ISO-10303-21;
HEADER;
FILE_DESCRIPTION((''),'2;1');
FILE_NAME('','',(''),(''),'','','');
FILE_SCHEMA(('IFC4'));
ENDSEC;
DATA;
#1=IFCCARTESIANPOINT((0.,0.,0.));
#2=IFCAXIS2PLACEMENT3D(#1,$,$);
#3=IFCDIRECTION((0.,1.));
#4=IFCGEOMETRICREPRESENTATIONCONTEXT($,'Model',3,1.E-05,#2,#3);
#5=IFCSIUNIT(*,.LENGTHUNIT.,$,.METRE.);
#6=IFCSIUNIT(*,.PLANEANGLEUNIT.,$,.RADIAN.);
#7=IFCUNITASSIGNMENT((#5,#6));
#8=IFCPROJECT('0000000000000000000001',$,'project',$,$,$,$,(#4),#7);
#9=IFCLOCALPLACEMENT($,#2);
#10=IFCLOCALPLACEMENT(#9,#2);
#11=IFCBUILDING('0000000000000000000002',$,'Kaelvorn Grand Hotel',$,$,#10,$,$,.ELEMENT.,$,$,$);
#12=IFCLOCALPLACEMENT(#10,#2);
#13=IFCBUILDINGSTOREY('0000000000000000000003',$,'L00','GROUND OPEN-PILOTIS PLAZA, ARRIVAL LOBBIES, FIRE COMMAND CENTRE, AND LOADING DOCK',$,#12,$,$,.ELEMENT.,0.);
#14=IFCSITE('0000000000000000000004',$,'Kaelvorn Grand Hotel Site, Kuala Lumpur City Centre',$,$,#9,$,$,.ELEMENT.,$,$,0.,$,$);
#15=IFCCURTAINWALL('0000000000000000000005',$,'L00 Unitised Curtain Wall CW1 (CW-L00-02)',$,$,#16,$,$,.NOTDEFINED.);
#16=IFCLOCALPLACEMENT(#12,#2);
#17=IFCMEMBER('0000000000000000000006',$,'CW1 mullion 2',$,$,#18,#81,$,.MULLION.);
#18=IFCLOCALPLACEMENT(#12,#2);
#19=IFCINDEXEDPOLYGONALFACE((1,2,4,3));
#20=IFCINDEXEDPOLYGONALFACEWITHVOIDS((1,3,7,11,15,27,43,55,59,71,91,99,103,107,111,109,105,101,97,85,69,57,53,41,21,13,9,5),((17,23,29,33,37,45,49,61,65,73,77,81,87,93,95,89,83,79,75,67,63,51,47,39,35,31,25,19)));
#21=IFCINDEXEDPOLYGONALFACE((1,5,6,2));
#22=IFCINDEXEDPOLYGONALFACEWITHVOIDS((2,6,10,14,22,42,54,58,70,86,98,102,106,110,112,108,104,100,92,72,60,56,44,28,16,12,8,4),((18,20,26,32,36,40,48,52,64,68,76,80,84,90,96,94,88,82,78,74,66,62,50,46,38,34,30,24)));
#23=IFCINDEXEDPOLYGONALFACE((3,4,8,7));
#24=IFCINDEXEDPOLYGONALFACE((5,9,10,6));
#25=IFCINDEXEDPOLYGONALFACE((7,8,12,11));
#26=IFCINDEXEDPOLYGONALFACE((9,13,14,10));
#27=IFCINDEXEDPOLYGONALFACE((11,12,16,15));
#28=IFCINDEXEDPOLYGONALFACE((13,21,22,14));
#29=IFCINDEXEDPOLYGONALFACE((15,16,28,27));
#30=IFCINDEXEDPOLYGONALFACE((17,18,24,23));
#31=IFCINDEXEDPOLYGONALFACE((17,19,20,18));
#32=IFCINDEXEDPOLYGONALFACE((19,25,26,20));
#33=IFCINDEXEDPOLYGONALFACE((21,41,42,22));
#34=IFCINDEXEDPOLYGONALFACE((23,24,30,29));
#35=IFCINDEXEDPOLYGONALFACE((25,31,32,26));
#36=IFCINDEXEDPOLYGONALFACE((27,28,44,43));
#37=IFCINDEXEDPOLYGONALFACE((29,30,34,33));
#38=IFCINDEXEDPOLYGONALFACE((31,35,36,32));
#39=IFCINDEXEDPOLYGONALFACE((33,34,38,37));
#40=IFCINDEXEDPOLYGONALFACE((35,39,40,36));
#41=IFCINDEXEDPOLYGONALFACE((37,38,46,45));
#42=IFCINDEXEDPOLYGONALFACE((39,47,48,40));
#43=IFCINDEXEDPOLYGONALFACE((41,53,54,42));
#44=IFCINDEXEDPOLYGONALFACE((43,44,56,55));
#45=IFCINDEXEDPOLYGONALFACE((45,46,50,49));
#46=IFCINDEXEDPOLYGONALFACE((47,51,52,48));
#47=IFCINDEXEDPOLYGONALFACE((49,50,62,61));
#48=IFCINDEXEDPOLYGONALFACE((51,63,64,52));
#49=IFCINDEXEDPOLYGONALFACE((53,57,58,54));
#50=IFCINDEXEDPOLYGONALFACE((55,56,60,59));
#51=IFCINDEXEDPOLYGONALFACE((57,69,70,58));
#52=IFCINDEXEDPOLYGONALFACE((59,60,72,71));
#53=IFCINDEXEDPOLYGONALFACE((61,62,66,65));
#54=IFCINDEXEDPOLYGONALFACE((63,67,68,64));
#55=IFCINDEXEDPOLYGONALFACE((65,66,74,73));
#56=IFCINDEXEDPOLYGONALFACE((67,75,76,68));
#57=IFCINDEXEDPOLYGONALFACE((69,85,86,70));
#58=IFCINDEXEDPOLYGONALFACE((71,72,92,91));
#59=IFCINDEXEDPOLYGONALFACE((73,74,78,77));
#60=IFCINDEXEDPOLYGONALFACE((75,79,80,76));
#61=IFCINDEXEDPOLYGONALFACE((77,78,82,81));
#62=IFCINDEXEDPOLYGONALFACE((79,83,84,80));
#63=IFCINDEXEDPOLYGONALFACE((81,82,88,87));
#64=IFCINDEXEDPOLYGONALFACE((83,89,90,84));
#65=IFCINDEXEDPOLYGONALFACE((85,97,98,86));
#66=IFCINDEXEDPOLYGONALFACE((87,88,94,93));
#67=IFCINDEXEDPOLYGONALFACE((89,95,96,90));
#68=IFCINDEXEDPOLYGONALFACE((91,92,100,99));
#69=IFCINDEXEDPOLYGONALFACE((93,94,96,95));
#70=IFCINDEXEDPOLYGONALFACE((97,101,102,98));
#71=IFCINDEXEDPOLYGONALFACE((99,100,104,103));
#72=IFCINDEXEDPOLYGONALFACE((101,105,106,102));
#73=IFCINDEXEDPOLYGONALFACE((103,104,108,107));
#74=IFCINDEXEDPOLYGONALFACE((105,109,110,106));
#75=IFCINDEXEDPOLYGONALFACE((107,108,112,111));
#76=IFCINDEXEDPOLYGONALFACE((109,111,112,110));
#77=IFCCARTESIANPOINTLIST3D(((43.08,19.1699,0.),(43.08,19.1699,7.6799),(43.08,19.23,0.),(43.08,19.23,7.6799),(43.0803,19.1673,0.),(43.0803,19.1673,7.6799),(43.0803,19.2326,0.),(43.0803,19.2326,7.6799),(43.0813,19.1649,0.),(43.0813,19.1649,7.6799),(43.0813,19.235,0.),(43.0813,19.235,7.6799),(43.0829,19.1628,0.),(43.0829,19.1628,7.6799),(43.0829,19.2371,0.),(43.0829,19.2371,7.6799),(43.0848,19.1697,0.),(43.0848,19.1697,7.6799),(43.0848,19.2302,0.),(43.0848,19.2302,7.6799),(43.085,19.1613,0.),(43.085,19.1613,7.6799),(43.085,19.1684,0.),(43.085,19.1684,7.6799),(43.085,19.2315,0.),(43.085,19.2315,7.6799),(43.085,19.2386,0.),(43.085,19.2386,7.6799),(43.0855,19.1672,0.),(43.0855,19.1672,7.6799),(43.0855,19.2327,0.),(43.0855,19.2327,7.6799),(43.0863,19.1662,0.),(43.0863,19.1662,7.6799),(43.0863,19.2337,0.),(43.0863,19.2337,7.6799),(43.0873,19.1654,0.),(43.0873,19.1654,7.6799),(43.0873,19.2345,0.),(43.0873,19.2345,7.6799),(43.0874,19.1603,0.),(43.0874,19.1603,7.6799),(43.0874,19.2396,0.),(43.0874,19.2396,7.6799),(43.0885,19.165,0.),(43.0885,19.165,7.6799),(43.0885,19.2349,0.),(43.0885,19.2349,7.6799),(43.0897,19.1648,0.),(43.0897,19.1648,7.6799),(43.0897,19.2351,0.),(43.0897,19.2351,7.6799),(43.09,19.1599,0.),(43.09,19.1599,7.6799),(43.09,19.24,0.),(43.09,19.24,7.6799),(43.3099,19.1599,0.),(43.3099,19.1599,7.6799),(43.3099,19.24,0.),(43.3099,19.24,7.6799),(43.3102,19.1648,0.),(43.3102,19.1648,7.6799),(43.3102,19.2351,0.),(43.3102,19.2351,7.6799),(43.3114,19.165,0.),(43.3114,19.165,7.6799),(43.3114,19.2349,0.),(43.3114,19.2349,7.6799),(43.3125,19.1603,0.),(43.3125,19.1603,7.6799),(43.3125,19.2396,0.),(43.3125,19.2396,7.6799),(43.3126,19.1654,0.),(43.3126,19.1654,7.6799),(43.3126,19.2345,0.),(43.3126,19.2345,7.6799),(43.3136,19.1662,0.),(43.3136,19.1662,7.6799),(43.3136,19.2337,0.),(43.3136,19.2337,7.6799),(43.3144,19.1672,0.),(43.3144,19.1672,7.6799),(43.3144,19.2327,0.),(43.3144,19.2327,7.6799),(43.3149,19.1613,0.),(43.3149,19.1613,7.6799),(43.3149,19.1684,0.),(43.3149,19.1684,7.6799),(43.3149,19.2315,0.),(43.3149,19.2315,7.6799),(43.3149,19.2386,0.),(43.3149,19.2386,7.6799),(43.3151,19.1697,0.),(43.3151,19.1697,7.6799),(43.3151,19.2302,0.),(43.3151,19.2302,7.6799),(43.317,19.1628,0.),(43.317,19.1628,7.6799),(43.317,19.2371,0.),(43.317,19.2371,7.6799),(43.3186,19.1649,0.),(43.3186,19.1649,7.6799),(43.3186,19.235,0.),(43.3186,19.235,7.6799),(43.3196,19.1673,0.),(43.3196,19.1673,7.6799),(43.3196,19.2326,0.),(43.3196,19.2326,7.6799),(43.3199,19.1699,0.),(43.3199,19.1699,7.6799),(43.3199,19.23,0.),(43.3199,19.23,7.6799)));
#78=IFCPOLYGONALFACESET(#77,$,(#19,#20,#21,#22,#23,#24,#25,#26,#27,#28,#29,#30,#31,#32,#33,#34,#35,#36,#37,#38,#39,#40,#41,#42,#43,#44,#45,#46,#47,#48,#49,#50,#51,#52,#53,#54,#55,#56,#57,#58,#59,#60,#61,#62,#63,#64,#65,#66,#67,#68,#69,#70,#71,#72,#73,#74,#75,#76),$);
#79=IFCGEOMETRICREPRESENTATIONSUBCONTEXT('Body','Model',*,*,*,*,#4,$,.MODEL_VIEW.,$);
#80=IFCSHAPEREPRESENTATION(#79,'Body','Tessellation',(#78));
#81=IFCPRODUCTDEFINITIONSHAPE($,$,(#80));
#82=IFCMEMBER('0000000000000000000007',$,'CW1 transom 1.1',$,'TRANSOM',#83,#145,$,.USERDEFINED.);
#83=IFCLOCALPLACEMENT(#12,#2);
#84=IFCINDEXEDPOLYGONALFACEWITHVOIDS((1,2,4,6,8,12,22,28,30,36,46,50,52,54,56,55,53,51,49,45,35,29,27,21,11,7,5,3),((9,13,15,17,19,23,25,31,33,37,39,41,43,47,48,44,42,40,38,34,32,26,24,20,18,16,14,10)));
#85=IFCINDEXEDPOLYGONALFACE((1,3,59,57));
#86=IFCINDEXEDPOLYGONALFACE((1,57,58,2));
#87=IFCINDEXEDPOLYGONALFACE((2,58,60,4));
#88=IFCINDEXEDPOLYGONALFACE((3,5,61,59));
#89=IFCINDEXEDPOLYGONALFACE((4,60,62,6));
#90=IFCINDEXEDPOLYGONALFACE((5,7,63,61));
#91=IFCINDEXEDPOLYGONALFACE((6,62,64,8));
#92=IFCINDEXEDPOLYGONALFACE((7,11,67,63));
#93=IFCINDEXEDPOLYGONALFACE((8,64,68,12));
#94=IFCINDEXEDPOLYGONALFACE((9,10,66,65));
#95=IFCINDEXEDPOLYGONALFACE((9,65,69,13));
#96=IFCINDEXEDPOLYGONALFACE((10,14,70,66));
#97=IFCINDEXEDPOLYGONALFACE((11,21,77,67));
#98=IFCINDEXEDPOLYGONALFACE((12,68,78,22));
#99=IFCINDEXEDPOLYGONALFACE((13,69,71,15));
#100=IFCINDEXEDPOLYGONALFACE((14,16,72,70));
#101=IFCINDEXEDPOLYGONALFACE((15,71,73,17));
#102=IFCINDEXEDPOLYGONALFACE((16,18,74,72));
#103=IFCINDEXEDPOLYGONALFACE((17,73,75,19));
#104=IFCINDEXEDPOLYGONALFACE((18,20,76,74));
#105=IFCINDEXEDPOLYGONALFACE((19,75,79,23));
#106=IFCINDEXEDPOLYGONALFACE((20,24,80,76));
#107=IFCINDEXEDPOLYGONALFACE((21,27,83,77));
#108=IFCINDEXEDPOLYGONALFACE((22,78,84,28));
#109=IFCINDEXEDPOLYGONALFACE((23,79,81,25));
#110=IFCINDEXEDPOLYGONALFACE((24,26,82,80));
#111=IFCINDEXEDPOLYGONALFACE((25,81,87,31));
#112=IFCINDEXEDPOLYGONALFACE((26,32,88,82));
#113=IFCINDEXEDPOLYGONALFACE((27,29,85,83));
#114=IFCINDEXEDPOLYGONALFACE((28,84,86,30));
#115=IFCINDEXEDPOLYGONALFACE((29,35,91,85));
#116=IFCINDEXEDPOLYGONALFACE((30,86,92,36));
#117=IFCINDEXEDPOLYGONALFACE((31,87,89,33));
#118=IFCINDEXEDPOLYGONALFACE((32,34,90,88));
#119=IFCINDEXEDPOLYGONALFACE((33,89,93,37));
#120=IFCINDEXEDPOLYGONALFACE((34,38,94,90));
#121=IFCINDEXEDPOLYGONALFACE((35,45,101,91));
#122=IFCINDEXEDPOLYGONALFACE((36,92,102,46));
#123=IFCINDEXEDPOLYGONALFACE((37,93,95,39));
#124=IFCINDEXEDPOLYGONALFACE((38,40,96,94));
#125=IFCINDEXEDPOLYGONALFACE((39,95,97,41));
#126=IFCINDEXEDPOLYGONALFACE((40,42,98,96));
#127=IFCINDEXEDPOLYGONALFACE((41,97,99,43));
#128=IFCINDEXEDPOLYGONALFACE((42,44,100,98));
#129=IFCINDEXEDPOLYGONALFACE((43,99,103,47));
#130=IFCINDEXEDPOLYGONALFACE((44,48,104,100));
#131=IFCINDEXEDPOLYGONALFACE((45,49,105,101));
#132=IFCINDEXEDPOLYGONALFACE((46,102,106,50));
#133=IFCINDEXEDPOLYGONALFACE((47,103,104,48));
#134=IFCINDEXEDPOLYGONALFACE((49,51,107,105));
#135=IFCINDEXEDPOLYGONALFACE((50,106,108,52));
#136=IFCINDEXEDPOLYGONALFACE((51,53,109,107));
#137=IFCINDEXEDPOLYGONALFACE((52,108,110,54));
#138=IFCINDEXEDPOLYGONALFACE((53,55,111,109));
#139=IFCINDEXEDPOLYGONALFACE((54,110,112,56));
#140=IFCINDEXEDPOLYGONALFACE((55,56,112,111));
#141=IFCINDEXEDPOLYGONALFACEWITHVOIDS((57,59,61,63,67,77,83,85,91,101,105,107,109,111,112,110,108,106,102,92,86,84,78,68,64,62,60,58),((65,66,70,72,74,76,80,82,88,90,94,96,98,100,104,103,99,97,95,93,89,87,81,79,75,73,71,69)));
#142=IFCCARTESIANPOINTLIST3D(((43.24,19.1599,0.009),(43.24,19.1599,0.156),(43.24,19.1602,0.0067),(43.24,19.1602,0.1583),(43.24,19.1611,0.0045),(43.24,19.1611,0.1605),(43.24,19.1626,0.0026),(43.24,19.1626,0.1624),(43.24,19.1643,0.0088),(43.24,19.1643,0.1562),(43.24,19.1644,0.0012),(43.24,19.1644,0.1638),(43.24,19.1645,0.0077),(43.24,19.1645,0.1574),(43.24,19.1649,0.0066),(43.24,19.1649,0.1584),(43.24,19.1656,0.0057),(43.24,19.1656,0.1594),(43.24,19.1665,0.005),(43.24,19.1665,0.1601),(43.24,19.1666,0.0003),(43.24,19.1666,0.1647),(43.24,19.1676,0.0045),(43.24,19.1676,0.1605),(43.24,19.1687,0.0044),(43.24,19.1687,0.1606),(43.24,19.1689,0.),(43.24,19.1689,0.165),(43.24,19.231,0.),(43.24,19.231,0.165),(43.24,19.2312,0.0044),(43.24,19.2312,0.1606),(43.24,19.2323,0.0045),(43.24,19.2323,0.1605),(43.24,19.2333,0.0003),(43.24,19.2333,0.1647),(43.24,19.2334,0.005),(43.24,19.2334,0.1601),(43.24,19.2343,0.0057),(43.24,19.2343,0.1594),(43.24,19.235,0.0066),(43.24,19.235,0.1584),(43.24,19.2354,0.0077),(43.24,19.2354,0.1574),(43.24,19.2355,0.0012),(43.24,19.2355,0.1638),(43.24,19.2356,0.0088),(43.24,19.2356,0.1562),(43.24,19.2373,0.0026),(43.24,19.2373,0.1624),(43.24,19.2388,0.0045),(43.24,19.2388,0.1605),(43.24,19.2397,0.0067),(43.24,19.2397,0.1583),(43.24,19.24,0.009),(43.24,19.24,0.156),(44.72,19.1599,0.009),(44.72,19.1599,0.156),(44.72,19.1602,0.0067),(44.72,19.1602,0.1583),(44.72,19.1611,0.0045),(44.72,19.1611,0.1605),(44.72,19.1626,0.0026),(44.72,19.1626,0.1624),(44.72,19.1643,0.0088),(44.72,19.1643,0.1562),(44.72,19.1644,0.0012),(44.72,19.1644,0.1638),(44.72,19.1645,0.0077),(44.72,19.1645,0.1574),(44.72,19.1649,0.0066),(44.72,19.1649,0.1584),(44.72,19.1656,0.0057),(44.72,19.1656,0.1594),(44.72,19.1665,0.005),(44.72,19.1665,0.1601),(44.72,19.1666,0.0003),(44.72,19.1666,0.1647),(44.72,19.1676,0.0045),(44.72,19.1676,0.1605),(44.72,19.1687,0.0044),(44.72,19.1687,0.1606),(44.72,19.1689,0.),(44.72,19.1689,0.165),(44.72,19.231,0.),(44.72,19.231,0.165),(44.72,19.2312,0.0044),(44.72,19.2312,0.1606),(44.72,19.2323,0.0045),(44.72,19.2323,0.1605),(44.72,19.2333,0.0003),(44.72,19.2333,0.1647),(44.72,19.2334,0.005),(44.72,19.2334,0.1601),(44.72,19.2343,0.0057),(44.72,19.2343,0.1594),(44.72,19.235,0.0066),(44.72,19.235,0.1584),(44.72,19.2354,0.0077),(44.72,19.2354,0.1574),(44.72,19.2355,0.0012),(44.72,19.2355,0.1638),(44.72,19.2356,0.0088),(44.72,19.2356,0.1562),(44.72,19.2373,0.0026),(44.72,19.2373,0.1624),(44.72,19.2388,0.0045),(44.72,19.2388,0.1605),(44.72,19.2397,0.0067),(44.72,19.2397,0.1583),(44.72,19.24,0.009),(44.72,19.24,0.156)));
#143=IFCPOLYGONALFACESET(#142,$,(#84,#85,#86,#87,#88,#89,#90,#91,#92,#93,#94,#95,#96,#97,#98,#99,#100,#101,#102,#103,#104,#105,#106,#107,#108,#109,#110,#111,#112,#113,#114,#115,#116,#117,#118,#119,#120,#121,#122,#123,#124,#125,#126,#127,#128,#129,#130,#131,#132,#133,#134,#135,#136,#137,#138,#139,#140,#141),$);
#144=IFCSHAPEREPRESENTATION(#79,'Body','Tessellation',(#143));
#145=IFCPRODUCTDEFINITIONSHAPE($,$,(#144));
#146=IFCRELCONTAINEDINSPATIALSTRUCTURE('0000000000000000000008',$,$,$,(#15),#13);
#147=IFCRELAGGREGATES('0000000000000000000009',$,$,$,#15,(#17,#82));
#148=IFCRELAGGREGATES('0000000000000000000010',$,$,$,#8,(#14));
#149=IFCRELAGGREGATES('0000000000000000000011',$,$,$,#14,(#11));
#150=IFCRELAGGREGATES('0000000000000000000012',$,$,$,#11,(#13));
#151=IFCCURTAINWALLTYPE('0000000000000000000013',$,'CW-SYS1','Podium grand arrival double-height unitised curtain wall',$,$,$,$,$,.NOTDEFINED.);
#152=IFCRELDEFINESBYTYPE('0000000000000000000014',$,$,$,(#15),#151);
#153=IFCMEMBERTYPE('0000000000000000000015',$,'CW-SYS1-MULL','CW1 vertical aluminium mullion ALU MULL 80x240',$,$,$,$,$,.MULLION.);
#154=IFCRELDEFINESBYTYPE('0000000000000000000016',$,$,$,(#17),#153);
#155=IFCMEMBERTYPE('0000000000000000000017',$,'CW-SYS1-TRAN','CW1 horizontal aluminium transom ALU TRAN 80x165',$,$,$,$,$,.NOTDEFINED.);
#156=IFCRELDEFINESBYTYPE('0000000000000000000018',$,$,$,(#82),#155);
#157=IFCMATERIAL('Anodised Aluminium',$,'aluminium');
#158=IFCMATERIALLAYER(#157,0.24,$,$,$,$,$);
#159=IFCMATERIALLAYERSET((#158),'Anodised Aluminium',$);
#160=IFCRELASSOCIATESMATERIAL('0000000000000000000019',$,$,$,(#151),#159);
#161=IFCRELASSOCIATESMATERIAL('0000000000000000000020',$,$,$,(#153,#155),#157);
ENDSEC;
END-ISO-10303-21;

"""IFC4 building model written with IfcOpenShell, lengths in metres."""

from ifc_helpers import new_model, si_unit, direction, frame, origin, origin_2d, place, context, subcontext, project, spatial, hollow_rectangle, extrude, material, layer, layer_set, material_profile, profile_set, type_object, element, aggregate, save


model = new_model("IFC4")

# Units and contexts
model_context = context("Model", 3, precision=1e-05, world=origin(), true_north=direction((0.0, 1.0)))
body_context = subcontext(model_context, "Body", "Model", "MODEL_VIEW")
ifc_project = project(units=[si_unit("LENGTHUNIT", "METRE"), si_unit("PLANEANGLEUNIT", "RADIAN")], contexts=[model_context])

# Site, building, storey
site_placement = place(None, origin())
site = spatial("IfcSite", under=ifc_project, at=site_placement, Name="Kaelvorn Grand Hotel Site, Kuala Lumpur City Centre", CompositionType="ELEMENT", RefElevation=0.0)
building_placement = place(site_placement, origin())
building = spatial("IfcBuilding", under=site, at=building_placement, Name="Kaelvorn Grand Hotel", CompositionType="ELEMENT")
storey_placement = place(building_placement, origin())
storey = spatial("IfcBuildingStorey", under=building, at=storey_placement, Name="L00", Description="GROUND OPEN-PILOTIS PLAZA, ARRIVAL LOBBIES, FIRE COMMAND CENTRE, AND LOADING DOCK", CompositionType="ELEMENT", Elevation=0.0)

# Shared definitions
ifc_material_1 = material(Name="Anodised Aluminium", Category="aluminium")
ifc_layer_1 = layer(ifc_material_1, 0.24)
ifc_layer_set_1 = layer_set([ifc_layer_1], Name="Anodised Aluminium")
curtain_wall_type = type_object("IfcCurtainWallType", Name="CW-SYS1", Description="Podium grand arrival double-height unitised curtain wall", PredefinedType="NOTDEFINED", material=ifc_layer_set_1)
ifc_material_profile_1 = material_profile(ifc_material_1, hollow_rectangle(XDim=0.0801, YDim=0.24, WallThickness=0.0049, InnerFilletRadius=0.0049, OuterFilletRadius=0.01, at=origin_2d()), Name="ALU MULL 80x240")
ifc_profile_set_1 = profile_set([ifc_material_profile_1], Name="Anodised Aluminium")
member_type_1 = type_object("IfcMemberType", Name="CW-SYS1-MULL", Description="CW1 vertical aluminium mullion ALU MULL 80x240", PredefinedType="MULLION", material=ifc_profile_set_1)

# Curtain wall, members
curtain_wall_1_placement = place(storey_placement, origin())
curtain_wall_1 = element("IfcCurtainWall", 1, at=curtain_wall_1_placement, inside=storey, type_object=curtain_wall_type, Name="L00 Unitised Curtain Wall CW1 (CW-L00-02)", PredefinedType="NOTDEFINED")
member_1_placement = place(storey_placement, frame((43.2, 19.2, 0.0), z_axis=(0.0, 0.0, 1.0), x_axis=(0.0, -1.0, 0.0)))
member_1 = element("IfcMember", 2, at=member_1_placement, type_object=member_type_1, Name="CW1 mullion 2", PredefinedType="MULLION", context=body_context, shape_type="SweptSolid", body=[
    extrude(hollow_rectangle(XDim=0.0801, YDim=0.24, WallThickness=0.0049, InnerFilletRadius=0.0049, OuterFilletRadius=0.01, at=origin_2d()), origin(), (0.0, 0.0, 1.0), 7.6799),
])
ifc_material_profile_2 = material_profile(ifc_material_1, hollow_rectangle(XDim=0.0801, YDim=0.165, WallThickness=0.0044, InnerFilletRadius=0.0044, OuterFilletRadius=0.009, at=origin_2d()), Name="ALU TRAN 80x165")
ifc_profile_set_2 = profile_set([ifc_material_profile_2], Name="Anodised Aluminium")
member_type_2 = type_object("IfcMemberType", Name="CW-SYS1-TRAN", Description="CW1 horizontal aluminium transom ALU TRAN 80x165", PredefinedType="NOTDEFINED", material=ifc_profile_set_2)
member_2_placement = place(storey_placement, frame((44.72, 19.2, 0.0825), z_axis=(-1.0, 0.0, 0.0), x_axis=(0.0, -1.0, 0.0)))
member_2 = element("IfcMember", 3, at=member_2_placement, type_object=member_type_2, Name="CW1 transom 1.1", ObjectType="TRANSOM", PredefinedType="USERDEFINED", context=body_context, shape_type="SweptSolid", body=[
    extrude(hollow_rectangle(XDim=0.0801, YDim=0.165, WallThickness=0.0044, InnerFilletRadius=0.0044, OuterFilletRadius=0.009, at=origin_2d()), origin(), (0.0, 0.0, 1.0), 1.48),
])

aggregate(curtain_wall_1, [member_1, member_2])

save(model, "model.ifc")
